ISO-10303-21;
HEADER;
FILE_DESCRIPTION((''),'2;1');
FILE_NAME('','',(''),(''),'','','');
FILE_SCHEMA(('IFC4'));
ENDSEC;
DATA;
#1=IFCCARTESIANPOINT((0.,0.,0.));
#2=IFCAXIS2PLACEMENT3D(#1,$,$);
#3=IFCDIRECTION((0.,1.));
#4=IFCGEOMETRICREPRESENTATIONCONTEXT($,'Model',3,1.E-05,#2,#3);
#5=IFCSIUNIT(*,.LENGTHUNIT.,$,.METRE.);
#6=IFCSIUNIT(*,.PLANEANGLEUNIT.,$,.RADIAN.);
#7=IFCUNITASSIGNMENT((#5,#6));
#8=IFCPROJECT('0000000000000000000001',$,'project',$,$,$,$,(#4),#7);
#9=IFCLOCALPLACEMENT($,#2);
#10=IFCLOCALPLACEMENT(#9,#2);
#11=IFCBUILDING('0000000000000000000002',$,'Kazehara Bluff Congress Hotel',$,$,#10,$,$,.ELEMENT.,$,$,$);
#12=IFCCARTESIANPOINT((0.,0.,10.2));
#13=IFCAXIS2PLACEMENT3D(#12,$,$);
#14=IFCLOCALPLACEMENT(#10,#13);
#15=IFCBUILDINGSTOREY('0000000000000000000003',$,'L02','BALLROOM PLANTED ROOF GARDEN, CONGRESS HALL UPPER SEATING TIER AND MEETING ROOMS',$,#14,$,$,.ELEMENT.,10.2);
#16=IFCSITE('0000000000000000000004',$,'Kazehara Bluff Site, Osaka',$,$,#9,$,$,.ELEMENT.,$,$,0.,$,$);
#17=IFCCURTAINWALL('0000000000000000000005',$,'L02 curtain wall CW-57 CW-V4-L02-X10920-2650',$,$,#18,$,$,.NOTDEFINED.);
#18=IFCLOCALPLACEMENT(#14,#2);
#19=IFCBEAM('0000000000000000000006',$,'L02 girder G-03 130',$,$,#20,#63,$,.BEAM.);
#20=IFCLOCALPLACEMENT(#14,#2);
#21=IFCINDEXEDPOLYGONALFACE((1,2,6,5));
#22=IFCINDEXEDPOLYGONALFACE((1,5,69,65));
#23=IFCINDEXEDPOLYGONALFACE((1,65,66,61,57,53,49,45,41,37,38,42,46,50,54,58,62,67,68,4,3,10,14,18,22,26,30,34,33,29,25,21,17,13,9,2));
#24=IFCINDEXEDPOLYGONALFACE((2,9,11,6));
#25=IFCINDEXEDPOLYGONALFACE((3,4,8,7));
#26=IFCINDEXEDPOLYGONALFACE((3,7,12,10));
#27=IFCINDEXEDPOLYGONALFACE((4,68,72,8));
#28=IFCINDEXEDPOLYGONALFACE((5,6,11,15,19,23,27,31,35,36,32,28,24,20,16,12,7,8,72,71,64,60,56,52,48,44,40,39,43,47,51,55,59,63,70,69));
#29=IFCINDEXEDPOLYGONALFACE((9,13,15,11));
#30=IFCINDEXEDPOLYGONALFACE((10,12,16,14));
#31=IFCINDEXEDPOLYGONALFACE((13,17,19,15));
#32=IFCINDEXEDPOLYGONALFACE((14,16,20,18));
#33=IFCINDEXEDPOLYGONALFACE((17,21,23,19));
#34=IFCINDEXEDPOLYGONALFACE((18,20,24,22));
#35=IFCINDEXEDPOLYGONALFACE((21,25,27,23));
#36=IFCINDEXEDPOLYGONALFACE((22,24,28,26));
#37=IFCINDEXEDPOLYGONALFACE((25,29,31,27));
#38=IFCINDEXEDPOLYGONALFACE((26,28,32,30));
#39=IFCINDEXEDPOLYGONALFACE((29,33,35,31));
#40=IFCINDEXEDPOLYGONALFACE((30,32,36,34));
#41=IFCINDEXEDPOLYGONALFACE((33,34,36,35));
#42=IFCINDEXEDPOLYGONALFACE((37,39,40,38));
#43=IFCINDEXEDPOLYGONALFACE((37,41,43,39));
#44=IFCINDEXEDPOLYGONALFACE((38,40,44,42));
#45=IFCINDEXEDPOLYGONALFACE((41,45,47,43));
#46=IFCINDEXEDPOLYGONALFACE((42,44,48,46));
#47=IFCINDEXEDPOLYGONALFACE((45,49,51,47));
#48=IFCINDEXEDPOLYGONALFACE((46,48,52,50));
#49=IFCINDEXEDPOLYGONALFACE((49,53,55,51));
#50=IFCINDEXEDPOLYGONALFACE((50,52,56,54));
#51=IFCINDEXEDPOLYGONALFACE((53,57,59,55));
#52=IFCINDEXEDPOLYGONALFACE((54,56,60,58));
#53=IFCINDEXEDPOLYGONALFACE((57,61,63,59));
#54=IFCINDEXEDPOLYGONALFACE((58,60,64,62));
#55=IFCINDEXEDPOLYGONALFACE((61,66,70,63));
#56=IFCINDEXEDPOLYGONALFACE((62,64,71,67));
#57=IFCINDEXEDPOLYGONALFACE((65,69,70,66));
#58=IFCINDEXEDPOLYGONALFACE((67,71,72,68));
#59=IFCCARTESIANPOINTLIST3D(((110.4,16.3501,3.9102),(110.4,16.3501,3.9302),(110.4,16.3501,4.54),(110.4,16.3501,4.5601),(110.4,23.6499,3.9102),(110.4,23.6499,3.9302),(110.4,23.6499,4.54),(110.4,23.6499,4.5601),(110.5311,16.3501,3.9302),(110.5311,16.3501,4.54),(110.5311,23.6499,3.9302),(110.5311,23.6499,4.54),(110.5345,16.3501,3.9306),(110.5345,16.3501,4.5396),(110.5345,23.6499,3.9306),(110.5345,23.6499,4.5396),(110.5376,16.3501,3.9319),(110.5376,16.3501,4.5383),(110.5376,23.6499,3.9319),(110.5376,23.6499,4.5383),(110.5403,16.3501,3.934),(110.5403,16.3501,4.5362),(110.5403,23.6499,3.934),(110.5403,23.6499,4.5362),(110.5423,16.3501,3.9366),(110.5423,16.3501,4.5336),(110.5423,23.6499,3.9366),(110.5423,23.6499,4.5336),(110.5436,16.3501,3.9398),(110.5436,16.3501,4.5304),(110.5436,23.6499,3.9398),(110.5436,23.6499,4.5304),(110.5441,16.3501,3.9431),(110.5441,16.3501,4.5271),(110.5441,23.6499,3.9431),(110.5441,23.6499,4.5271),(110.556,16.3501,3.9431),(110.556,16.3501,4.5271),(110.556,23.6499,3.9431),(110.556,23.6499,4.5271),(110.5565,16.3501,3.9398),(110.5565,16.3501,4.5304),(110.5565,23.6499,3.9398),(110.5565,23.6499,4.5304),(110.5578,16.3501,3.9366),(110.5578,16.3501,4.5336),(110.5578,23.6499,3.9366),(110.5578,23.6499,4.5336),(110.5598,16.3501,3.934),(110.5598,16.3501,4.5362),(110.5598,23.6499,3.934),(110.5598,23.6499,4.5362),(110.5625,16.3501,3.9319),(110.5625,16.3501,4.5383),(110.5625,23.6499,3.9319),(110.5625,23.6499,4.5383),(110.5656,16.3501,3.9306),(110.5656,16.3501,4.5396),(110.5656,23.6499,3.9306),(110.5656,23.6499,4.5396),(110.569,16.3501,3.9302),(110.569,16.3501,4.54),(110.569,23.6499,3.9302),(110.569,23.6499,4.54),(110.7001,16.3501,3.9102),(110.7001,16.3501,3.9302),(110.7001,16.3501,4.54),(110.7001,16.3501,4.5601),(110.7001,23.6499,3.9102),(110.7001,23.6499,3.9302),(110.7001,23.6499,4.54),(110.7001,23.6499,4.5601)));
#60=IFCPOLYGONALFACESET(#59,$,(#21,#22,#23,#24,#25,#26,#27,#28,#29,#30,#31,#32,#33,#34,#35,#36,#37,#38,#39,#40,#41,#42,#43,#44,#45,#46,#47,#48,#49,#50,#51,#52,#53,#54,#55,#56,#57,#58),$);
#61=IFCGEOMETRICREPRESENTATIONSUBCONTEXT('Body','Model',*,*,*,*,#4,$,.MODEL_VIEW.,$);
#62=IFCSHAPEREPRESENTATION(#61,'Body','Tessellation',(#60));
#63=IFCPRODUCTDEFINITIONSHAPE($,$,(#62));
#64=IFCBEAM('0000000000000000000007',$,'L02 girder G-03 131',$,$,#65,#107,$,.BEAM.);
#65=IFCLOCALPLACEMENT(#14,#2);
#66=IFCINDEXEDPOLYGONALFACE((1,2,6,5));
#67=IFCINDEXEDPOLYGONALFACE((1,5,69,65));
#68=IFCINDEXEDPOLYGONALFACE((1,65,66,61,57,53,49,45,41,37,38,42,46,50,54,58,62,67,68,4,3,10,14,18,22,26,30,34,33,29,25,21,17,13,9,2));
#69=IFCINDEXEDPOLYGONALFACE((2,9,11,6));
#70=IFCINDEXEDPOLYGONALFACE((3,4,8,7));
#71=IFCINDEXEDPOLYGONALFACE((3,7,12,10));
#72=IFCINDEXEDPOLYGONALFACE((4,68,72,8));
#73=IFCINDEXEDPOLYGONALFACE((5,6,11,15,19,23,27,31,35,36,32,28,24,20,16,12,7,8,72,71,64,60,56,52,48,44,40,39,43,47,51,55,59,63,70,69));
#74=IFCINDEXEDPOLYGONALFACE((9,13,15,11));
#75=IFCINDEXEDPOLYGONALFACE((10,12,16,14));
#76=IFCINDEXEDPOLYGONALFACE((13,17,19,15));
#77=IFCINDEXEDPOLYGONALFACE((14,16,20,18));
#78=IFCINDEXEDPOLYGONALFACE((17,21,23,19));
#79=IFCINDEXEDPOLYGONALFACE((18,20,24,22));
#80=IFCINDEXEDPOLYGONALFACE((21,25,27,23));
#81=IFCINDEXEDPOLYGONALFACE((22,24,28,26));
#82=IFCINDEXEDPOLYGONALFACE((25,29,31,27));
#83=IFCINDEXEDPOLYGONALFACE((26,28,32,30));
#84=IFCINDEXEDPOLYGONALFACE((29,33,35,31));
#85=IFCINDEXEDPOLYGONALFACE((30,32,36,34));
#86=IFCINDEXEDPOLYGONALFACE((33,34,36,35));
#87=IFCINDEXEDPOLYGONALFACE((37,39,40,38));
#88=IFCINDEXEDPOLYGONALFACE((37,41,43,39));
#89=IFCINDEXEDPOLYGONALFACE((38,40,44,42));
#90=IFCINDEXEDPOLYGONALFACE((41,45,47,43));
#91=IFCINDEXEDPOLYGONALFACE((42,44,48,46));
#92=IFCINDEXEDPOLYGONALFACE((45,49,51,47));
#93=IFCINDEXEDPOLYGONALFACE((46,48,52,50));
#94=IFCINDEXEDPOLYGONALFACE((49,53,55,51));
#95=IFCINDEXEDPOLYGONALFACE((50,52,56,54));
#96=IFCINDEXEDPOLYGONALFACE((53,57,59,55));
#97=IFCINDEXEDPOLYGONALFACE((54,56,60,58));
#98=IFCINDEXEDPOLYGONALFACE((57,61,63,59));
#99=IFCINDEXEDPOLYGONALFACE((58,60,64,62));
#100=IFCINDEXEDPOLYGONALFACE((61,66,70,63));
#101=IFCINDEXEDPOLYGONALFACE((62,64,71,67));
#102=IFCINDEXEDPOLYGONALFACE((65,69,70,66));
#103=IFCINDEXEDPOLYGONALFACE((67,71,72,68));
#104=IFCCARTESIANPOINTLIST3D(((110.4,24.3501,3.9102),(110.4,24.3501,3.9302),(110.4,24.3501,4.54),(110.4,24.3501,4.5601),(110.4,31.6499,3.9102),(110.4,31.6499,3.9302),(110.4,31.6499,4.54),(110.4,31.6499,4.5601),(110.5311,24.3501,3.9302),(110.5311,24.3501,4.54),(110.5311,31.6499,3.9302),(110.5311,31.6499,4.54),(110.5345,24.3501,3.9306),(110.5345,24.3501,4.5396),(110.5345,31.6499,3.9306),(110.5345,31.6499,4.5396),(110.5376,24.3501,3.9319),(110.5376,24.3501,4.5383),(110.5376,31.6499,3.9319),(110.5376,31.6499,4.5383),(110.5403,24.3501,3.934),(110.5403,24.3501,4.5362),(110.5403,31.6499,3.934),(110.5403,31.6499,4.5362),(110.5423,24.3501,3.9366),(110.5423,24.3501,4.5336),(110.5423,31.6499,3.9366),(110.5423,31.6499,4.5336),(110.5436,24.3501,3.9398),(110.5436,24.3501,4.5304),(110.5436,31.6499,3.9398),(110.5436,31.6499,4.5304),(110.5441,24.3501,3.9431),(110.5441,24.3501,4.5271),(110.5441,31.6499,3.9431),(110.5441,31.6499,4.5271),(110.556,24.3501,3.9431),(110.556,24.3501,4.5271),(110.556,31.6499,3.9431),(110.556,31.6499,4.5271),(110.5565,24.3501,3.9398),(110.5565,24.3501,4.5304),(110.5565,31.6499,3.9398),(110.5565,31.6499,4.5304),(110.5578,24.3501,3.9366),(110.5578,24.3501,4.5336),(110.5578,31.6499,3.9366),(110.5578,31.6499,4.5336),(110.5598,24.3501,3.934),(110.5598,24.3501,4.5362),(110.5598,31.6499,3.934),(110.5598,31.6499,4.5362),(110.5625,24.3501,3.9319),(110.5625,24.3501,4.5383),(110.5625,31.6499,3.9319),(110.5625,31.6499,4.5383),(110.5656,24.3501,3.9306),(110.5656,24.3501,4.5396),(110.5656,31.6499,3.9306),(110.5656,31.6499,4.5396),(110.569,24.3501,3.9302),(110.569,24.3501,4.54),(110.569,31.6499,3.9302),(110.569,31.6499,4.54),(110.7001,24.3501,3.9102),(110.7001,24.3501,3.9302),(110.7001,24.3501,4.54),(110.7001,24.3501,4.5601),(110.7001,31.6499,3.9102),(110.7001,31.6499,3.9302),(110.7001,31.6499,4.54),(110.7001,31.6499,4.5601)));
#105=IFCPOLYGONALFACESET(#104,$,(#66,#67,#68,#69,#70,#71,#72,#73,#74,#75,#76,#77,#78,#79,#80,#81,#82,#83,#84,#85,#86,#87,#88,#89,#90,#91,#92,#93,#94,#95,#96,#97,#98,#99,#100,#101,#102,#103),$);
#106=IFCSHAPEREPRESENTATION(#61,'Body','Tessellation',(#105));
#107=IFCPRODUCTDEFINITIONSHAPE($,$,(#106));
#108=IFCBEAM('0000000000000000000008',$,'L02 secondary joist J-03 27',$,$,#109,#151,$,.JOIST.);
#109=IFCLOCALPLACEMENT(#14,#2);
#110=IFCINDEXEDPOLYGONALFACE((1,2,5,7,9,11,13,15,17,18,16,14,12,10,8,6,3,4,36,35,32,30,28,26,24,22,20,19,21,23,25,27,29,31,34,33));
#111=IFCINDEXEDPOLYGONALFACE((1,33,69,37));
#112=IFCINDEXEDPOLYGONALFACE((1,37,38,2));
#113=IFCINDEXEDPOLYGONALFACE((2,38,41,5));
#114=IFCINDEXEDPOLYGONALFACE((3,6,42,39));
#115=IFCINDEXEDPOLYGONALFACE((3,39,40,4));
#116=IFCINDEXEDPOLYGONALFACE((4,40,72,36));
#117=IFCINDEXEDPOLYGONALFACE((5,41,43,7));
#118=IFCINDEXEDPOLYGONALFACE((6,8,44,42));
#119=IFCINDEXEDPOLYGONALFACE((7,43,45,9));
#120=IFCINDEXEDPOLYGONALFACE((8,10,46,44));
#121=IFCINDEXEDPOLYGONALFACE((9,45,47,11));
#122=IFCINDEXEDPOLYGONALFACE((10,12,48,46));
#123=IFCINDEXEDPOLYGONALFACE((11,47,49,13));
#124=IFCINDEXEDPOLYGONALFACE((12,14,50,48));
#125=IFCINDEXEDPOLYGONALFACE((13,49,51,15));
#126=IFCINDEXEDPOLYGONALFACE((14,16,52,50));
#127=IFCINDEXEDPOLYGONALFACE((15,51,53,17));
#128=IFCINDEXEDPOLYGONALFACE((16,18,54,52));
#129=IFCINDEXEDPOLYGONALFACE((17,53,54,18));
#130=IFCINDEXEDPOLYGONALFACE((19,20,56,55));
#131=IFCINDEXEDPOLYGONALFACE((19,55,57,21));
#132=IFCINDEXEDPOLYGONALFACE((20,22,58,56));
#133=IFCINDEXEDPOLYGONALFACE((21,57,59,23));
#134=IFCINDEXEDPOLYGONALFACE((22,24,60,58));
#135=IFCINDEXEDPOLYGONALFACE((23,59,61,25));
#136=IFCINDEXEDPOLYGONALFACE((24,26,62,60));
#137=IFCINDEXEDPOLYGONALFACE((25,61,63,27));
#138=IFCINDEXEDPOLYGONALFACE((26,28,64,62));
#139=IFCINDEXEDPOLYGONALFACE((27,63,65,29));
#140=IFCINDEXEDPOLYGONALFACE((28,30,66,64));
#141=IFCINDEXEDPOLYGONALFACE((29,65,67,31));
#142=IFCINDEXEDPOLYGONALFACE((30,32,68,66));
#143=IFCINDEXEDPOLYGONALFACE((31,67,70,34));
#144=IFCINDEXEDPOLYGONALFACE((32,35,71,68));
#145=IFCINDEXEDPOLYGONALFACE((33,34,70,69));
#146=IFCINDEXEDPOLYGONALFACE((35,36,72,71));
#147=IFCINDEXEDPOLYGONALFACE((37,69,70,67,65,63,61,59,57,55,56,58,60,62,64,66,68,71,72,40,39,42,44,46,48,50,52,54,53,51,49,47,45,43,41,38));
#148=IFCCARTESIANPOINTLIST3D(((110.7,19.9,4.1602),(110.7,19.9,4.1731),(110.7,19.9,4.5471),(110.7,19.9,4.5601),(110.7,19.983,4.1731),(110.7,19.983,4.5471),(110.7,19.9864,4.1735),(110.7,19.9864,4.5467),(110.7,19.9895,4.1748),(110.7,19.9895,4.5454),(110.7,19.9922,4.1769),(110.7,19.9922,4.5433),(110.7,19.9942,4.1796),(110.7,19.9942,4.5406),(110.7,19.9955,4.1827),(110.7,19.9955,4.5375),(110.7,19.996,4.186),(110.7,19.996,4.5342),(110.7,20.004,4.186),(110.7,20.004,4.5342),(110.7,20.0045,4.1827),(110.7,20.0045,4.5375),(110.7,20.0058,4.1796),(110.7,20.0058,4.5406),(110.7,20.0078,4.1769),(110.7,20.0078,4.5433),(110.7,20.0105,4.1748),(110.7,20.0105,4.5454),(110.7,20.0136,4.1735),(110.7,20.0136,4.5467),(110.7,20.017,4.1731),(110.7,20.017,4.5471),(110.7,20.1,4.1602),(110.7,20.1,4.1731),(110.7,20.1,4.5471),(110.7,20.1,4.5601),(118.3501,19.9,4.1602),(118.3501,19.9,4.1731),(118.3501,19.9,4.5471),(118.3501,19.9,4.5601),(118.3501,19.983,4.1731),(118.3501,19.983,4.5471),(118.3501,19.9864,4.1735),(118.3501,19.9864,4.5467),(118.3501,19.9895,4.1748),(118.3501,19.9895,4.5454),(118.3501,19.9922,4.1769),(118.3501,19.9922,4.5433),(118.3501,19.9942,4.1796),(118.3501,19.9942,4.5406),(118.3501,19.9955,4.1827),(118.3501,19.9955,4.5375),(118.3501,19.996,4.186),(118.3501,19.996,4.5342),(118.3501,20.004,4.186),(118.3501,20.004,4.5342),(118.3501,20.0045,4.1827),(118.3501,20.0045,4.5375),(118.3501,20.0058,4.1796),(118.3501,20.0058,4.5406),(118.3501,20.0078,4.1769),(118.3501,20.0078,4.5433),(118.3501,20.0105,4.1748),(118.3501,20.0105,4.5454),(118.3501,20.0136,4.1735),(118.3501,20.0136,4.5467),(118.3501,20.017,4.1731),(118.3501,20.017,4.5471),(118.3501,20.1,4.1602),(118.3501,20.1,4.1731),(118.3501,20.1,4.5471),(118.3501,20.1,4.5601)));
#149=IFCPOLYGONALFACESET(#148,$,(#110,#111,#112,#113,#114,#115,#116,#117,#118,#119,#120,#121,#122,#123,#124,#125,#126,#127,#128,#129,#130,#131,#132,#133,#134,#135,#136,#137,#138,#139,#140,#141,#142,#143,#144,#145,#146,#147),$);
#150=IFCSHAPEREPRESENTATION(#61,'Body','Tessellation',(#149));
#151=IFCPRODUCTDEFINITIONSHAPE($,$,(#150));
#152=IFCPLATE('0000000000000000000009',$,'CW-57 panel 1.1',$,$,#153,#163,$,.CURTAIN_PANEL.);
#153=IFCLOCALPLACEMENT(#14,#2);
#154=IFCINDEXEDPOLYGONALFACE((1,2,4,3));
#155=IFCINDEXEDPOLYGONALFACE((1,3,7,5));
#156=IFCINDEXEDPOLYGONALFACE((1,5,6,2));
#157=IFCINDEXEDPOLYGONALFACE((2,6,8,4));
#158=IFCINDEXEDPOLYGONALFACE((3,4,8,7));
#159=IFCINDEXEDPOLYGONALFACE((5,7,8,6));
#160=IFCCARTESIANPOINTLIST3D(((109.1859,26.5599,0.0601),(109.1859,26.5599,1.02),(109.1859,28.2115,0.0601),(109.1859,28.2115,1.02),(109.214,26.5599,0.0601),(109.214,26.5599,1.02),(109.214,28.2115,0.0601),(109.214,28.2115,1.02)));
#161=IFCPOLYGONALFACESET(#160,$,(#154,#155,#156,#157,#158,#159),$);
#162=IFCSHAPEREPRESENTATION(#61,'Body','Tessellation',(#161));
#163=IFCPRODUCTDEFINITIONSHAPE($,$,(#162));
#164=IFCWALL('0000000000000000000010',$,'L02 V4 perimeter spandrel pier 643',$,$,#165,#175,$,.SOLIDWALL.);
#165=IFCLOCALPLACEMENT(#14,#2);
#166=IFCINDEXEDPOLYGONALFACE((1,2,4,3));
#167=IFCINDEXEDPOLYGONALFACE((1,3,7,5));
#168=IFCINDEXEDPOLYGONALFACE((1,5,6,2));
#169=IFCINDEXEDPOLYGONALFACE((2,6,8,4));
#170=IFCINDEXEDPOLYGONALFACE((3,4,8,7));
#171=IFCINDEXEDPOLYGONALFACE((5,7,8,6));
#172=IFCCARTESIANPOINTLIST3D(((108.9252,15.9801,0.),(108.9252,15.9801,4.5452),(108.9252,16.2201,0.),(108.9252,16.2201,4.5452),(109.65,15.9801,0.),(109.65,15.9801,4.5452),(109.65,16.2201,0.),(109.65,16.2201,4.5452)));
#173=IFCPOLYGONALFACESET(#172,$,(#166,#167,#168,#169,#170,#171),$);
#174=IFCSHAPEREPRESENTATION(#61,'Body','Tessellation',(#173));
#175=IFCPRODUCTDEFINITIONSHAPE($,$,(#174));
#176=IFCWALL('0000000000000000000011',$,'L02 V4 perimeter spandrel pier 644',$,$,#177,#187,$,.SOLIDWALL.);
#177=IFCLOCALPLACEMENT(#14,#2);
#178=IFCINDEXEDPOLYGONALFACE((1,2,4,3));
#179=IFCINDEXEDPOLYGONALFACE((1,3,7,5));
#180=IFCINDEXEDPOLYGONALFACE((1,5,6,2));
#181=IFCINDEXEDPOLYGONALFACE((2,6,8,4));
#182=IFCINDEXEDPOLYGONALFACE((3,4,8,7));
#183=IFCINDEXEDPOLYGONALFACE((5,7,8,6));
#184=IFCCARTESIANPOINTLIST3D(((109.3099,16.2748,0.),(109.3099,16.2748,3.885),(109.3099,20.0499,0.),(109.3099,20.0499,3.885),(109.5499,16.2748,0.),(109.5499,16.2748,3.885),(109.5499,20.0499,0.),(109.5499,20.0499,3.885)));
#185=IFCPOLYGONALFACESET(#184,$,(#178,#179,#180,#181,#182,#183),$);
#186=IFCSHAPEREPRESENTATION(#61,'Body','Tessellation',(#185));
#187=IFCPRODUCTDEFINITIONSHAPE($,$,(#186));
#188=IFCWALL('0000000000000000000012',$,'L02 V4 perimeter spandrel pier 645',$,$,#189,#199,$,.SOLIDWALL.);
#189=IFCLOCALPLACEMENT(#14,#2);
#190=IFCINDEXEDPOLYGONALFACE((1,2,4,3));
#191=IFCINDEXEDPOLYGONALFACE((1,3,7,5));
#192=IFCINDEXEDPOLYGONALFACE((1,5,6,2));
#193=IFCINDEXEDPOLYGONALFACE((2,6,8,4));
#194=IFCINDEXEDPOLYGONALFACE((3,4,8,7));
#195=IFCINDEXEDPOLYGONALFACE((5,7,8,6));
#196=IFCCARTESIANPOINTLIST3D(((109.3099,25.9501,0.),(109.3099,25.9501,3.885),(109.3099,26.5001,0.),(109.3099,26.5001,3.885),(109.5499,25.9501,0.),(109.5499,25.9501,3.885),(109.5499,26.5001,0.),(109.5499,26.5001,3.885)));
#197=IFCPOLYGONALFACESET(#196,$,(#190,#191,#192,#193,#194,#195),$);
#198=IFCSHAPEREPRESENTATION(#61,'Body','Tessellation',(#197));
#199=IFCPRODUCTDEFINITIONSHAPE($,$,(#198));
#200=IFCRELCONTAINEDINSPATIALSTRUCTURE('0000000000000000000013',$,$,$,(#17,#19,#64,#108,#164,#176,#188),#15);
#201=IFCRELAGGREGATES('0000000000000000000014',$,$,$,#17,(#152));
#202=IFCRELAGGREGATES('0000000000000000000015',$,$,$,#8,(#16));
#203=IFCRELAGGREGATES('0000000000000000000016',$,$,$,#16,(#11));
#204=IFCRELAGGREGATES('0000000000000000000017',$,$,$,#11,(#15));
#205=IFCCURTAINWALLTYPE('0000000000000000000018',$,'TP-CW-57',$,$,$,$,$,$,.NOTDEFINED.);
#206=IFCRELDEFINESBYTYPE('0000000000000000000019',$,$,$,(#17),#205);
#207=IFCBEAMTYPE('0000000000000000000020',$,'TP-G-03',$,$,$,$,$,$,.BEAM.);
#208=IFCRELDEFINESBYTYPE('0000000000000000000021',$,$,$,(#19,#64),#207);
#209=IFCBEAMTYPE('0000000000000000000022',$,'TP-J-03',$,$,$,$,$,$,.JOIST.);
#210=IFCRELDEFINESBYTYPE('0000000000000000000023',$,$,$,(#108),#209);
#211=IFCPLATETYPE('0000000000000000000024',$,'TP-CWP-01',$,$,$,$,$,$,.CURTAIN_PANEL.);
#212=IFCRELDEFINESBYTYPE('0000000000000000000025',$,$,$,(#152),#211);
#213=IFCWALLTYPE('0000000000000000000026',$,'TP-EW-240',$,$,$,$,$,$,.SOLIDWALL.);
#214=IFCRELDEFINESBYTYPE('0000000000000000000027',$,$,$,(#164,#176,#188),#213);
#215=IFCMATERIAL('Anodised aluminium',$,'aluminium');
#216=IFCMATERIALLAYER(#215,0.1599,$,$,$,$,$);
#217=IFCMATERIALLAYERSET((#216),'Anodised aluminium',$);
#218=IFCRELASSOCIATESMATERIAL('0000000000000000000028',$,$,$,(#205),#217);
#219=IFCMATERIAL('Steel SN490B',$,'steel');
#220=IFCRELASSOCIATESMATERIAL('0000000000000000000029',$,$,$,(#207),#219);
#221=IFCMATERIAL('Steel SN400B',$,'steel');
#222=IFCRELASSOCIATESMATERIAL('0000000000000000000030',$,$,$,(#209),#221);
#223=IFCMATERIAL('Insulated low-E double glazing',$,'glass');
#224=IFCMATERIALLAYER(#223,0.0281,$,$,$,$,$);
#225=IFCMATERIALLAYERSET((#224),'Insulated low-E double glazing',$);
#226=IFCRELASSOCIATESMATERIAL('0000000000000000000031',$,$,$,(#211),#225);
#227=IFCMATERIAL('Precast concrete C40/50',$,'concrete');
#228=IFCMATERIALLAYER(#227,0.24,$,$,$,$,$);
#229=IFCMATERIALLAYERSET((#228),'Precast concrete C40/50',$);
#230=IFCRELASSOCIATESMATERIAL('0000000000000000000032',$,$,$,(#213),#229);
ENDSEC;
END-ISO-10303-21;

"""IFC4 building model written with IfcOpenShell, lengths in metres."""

from ifc_helpers import new_model, si_unit, direction, frame, frame_2d, origin, origin_2d, place, context, subcontext, project, spatial, rectangle, i_section, extrude, material, layer, layer_set, material_profile, profile_set, type_object, element, aggregate, save


model = new_model("IFC4")

# Units and contexts
model_context = context("Model", 3, precision=1e-05, world=origin(), true_north=direction((0.0, 1.0)))
body_context = subcontext(model_context, "Body", "Model", "MODEL_VIEW")
ifc_project = project(units=[si_unit("LENGTHUNIT", "METRE"), si_unit("PLANEANGLEUNIT", "RADIAN")], contexts=[model_context])

# Site, building, storey
site_placement = place(None, origin())
site = spatial("IfcSite", under=ifc_project, at=site_placement, Name="Kazehara Bluff Site, Osaka", CompositionType="ELEMENT", RefElevation=0.0)
building_placement = place(site_placement, origin())
building = spatial("IfcBuilding", under=site, at=building_placement, Name="Kazehara Bluff Congress Hotel", CompositionType="ELEMENT")
storey_placement = place(building_placement, frame((0.0, 0.0, 10.2)))
storey = spatial("IfcBuildingStorey", under=building, at=storey_placement, Name="L02", Description="BALLROOM PLANTED ROOF GARDEN, CONGRESS HALL UPPER SEATING TIER AND MEETING ROOMS", CompositionType="ELEMENT", Elevation=10.2)

# Curtain wall
ifc_material_1 = material(Name="Anodised aluminium", Category="aluminium")
ifc_layer_1 = layer(ifc_material_1, 0.1599)
ifc_layer_set_1 = layer_set([ifc_layer_1], Name="Anodised aluminium")
curtain_wall_type_1 = type_object("IfcCurtainWallType", Name="TP-CW-57", PredefinedType="NOTDEFINED", material=ifc_layer_set_1)
curtain_wall_1_placement = place(storey_placement, origin())
curtain_wall_1 = element("IfcCurtainWall", 1, at=curtain_wall_1_placement, inside=storey, type_object=curtain_wall_type_1, Name="L02 curtain wall CW-57 CW-V4-L02-X10920-2650", PredefinedType="NOTDEFINED")

# Beams
ifc_material_2 = material(Name="Steel SN490B", Category="steel")
ifc_material_profile_1 = material_profile(ifc_material_2, i_section(OverallWidth=0.3, OverallDepth=0.6499, WebThickness=0.012, FlangeThickness=0.02, FilletRadius=0.0129, at=origin_2d()))
ifc_profile_set_1 = profile_set([ifc_material_profile_1], Name="Steel SN490B")
beam_type_1 = type_object("IfcBeamType", Name="TP-G-03", PredefinedType="BEAM", material=ifc_profile_set_1)
for number, where, z_axis, x_axis, name in (
    (2, (110.55, 16.3501, 4.2351), (0.0, 1.0, 0.0), (-1.0, 0.0, 0.0), "L02 girder G-03 130"),
    (3, (110.55, 24.3501, 4.2351), (0.0, 1.0, 0.0), (-1.0, 0.0, 0.0), "L02 girder G-03 131"),
):
    element("IfcBeam", number, at=place(storey_placement, frame(where, z_axis=z_axis, x_axis=x_axis)), inside=storey, type_object=beam_type_1, Name=name, PredefinedType="BEAM", context=body_context, shape_type="SweptSolid", body=[
        extrude(i_section(OverallWidth=0.3, OverallDepth=0.6499, WebThickness=0.012, FlangeThickness=0.02, FilletRadius=0.0129, at=origin_2d()), origin(), (0.0, 0.0, 1.0), 7.2998),
    ])
ifc_material_3 = material(Name="Steel SN400B", Category="steel")
ifc_material_profile_2 = material_profile(ifc_material_3, i_section(OverallWidth=0.2, OverallDepth=0.3999, WebThickness=0.0081, FlangeThickness=0.0129, FilletRadius=0.0129, at=origin_2d()))
ifc_profile_set_2 = profile_set([ifc_material_profile_2], Name="Steel SN400B")
beam_type_2 = type_object("IfcBeamType", Name="TP-J-03", PredefinedType="JOIST", material=ifc_profile_set_2)
beam_placement = place(storey_placement, frame((110.7, 20.0, 4.3601), z_axis=(1.0, 0.0, 0.0), x_axis=(0.0, 1.0, 0.0)))
element("IfcBeam", 4, at=beam_placement, inside=storey, type_object=beam_type_2, Name="L02 secondary joist J-03 27", PredefinedType="JOIST", context=body_context, shape_type="SweptSolid", body=[
    extrude(i_section(OverallWidth=0.2, OverallDepth=0.3999, WebThickness=0.0081, FlangeThickness=0.0129, FilletRadius=0.0129, at=origin_2d()), origin(), (0.0, 0.0, 1.0), 7.6501),
])

# Plate
ifc_material_4 = material(Name="Insulated low-E double glazing", Category="glass")
ifc_layer_2 = layer(ifc_material_4, 0.0281)
ifc_layer_set_2 = layer_set([ifc_layer_2], Name="Insulated low-E double glazing")
plate_type = type_object("IfcPlateType", Name="TP-CWP-01", PredefinedType="CURTAIN_PANEL", material=ifc_layer_set_2)
plate_placement = place(storey_placement, frame((109.2, 27.3857, 0.0601), z_axis=(0.0, 0.0, 1.0), x_axis=(0.0, 1.0, 0.0)))
plate = element("IfcPlate", 5, at=plate_placement, type_object=plate_type, Name="CW-57 panel 1.1", PredefinedType="CURTAIN_PANEL", context=body_context, shape_type="SweptSolid", body=[
    extrude(rectangle(XDim=1.6516, YDim=0.0281, at=origin_2d()), origin(), (0.0, 0.0, 1.0), 0.96),
])
aggregate(curtain_wall_1, [plate])

# Walls
ifc_material_5 = material(Name="Precast concrete C40/50", Category="concrete")
ifc_layer_3 = layer(ifc_material_5, 0.24)
ifc_layer_set_3 = layer_set([ifc_layer_3], Name="Precast concrete C40/50")
wall_type_1 = type_object("IfcWallType", Name="TP-EW-240", PredefinedType="SOLIDWALL", material=ifc_layer_set_3)
wall_1_placement = place(storey_placement, frame((109.6499, 16.1001, 0.0), z_axis=(0.0, 0.0, 1.0), x_axis=(-1.0, 0.0, 0.0)))
element("IfcWall", 6, at=wall_1_placement, inside=storey, type_object=wall_type_1, Name="L02 V4 perimeter spandrel pier 643", PredefinedType="SOLIDWALL", context=body_context, shape_type="SweptSolid", body=[
    extrude(rectangle(XDim=0.7249, YDim=0.24, at=frame_2d((0.3623, 0.0))), origin(), (0.0, 0.0, 1.0), 4.5452),
])
wall_2_placement = place(storey_placement, frame((109.4299, 20.05, 0.0), z_axis=(0.0, 0.0, 1.0), x_axis=(0.0, -1.0, 0.0)))
element("IfcWall", 7, at=wall_2_placement, inside=storey, type_object=wall_type_1, Name="L02 V4 perimeter spandrel pier 644", PredefinedType="SOLIDWALL", context=body_context, shape_type="SweptSolid", body=[
    extrude(rectangle(XDim=3.7751, YDim=0.24, at=frame_2d((1.8877, 0.0))), origin(), (0.0, 0.0, 1.0), 3.885),
])
wall_3_placement = place(storey_placement, frame((109.4299, 26.5, 0.0), z_axis=(0.0, 0.0, 1.0), x_axis=(0.0, -1.0, 0.0)))
element("IfcWall", 8, at=wall_3_placement, inside=storey, type_object=wall_type_1, Name="L02 V4 perimeter spandrel pier 645", PredefinedType="SOLIDWALL", context=body_context, shape_type="SweptSolid", body=[
    extrude(rectangle(XDim=0.55, YDim=0.24, at=frame_2d((0.2749, 0.0))), origin(), (0.0, 0.0, 1.0), 3.885),
])

save(model, "model.ifc")
